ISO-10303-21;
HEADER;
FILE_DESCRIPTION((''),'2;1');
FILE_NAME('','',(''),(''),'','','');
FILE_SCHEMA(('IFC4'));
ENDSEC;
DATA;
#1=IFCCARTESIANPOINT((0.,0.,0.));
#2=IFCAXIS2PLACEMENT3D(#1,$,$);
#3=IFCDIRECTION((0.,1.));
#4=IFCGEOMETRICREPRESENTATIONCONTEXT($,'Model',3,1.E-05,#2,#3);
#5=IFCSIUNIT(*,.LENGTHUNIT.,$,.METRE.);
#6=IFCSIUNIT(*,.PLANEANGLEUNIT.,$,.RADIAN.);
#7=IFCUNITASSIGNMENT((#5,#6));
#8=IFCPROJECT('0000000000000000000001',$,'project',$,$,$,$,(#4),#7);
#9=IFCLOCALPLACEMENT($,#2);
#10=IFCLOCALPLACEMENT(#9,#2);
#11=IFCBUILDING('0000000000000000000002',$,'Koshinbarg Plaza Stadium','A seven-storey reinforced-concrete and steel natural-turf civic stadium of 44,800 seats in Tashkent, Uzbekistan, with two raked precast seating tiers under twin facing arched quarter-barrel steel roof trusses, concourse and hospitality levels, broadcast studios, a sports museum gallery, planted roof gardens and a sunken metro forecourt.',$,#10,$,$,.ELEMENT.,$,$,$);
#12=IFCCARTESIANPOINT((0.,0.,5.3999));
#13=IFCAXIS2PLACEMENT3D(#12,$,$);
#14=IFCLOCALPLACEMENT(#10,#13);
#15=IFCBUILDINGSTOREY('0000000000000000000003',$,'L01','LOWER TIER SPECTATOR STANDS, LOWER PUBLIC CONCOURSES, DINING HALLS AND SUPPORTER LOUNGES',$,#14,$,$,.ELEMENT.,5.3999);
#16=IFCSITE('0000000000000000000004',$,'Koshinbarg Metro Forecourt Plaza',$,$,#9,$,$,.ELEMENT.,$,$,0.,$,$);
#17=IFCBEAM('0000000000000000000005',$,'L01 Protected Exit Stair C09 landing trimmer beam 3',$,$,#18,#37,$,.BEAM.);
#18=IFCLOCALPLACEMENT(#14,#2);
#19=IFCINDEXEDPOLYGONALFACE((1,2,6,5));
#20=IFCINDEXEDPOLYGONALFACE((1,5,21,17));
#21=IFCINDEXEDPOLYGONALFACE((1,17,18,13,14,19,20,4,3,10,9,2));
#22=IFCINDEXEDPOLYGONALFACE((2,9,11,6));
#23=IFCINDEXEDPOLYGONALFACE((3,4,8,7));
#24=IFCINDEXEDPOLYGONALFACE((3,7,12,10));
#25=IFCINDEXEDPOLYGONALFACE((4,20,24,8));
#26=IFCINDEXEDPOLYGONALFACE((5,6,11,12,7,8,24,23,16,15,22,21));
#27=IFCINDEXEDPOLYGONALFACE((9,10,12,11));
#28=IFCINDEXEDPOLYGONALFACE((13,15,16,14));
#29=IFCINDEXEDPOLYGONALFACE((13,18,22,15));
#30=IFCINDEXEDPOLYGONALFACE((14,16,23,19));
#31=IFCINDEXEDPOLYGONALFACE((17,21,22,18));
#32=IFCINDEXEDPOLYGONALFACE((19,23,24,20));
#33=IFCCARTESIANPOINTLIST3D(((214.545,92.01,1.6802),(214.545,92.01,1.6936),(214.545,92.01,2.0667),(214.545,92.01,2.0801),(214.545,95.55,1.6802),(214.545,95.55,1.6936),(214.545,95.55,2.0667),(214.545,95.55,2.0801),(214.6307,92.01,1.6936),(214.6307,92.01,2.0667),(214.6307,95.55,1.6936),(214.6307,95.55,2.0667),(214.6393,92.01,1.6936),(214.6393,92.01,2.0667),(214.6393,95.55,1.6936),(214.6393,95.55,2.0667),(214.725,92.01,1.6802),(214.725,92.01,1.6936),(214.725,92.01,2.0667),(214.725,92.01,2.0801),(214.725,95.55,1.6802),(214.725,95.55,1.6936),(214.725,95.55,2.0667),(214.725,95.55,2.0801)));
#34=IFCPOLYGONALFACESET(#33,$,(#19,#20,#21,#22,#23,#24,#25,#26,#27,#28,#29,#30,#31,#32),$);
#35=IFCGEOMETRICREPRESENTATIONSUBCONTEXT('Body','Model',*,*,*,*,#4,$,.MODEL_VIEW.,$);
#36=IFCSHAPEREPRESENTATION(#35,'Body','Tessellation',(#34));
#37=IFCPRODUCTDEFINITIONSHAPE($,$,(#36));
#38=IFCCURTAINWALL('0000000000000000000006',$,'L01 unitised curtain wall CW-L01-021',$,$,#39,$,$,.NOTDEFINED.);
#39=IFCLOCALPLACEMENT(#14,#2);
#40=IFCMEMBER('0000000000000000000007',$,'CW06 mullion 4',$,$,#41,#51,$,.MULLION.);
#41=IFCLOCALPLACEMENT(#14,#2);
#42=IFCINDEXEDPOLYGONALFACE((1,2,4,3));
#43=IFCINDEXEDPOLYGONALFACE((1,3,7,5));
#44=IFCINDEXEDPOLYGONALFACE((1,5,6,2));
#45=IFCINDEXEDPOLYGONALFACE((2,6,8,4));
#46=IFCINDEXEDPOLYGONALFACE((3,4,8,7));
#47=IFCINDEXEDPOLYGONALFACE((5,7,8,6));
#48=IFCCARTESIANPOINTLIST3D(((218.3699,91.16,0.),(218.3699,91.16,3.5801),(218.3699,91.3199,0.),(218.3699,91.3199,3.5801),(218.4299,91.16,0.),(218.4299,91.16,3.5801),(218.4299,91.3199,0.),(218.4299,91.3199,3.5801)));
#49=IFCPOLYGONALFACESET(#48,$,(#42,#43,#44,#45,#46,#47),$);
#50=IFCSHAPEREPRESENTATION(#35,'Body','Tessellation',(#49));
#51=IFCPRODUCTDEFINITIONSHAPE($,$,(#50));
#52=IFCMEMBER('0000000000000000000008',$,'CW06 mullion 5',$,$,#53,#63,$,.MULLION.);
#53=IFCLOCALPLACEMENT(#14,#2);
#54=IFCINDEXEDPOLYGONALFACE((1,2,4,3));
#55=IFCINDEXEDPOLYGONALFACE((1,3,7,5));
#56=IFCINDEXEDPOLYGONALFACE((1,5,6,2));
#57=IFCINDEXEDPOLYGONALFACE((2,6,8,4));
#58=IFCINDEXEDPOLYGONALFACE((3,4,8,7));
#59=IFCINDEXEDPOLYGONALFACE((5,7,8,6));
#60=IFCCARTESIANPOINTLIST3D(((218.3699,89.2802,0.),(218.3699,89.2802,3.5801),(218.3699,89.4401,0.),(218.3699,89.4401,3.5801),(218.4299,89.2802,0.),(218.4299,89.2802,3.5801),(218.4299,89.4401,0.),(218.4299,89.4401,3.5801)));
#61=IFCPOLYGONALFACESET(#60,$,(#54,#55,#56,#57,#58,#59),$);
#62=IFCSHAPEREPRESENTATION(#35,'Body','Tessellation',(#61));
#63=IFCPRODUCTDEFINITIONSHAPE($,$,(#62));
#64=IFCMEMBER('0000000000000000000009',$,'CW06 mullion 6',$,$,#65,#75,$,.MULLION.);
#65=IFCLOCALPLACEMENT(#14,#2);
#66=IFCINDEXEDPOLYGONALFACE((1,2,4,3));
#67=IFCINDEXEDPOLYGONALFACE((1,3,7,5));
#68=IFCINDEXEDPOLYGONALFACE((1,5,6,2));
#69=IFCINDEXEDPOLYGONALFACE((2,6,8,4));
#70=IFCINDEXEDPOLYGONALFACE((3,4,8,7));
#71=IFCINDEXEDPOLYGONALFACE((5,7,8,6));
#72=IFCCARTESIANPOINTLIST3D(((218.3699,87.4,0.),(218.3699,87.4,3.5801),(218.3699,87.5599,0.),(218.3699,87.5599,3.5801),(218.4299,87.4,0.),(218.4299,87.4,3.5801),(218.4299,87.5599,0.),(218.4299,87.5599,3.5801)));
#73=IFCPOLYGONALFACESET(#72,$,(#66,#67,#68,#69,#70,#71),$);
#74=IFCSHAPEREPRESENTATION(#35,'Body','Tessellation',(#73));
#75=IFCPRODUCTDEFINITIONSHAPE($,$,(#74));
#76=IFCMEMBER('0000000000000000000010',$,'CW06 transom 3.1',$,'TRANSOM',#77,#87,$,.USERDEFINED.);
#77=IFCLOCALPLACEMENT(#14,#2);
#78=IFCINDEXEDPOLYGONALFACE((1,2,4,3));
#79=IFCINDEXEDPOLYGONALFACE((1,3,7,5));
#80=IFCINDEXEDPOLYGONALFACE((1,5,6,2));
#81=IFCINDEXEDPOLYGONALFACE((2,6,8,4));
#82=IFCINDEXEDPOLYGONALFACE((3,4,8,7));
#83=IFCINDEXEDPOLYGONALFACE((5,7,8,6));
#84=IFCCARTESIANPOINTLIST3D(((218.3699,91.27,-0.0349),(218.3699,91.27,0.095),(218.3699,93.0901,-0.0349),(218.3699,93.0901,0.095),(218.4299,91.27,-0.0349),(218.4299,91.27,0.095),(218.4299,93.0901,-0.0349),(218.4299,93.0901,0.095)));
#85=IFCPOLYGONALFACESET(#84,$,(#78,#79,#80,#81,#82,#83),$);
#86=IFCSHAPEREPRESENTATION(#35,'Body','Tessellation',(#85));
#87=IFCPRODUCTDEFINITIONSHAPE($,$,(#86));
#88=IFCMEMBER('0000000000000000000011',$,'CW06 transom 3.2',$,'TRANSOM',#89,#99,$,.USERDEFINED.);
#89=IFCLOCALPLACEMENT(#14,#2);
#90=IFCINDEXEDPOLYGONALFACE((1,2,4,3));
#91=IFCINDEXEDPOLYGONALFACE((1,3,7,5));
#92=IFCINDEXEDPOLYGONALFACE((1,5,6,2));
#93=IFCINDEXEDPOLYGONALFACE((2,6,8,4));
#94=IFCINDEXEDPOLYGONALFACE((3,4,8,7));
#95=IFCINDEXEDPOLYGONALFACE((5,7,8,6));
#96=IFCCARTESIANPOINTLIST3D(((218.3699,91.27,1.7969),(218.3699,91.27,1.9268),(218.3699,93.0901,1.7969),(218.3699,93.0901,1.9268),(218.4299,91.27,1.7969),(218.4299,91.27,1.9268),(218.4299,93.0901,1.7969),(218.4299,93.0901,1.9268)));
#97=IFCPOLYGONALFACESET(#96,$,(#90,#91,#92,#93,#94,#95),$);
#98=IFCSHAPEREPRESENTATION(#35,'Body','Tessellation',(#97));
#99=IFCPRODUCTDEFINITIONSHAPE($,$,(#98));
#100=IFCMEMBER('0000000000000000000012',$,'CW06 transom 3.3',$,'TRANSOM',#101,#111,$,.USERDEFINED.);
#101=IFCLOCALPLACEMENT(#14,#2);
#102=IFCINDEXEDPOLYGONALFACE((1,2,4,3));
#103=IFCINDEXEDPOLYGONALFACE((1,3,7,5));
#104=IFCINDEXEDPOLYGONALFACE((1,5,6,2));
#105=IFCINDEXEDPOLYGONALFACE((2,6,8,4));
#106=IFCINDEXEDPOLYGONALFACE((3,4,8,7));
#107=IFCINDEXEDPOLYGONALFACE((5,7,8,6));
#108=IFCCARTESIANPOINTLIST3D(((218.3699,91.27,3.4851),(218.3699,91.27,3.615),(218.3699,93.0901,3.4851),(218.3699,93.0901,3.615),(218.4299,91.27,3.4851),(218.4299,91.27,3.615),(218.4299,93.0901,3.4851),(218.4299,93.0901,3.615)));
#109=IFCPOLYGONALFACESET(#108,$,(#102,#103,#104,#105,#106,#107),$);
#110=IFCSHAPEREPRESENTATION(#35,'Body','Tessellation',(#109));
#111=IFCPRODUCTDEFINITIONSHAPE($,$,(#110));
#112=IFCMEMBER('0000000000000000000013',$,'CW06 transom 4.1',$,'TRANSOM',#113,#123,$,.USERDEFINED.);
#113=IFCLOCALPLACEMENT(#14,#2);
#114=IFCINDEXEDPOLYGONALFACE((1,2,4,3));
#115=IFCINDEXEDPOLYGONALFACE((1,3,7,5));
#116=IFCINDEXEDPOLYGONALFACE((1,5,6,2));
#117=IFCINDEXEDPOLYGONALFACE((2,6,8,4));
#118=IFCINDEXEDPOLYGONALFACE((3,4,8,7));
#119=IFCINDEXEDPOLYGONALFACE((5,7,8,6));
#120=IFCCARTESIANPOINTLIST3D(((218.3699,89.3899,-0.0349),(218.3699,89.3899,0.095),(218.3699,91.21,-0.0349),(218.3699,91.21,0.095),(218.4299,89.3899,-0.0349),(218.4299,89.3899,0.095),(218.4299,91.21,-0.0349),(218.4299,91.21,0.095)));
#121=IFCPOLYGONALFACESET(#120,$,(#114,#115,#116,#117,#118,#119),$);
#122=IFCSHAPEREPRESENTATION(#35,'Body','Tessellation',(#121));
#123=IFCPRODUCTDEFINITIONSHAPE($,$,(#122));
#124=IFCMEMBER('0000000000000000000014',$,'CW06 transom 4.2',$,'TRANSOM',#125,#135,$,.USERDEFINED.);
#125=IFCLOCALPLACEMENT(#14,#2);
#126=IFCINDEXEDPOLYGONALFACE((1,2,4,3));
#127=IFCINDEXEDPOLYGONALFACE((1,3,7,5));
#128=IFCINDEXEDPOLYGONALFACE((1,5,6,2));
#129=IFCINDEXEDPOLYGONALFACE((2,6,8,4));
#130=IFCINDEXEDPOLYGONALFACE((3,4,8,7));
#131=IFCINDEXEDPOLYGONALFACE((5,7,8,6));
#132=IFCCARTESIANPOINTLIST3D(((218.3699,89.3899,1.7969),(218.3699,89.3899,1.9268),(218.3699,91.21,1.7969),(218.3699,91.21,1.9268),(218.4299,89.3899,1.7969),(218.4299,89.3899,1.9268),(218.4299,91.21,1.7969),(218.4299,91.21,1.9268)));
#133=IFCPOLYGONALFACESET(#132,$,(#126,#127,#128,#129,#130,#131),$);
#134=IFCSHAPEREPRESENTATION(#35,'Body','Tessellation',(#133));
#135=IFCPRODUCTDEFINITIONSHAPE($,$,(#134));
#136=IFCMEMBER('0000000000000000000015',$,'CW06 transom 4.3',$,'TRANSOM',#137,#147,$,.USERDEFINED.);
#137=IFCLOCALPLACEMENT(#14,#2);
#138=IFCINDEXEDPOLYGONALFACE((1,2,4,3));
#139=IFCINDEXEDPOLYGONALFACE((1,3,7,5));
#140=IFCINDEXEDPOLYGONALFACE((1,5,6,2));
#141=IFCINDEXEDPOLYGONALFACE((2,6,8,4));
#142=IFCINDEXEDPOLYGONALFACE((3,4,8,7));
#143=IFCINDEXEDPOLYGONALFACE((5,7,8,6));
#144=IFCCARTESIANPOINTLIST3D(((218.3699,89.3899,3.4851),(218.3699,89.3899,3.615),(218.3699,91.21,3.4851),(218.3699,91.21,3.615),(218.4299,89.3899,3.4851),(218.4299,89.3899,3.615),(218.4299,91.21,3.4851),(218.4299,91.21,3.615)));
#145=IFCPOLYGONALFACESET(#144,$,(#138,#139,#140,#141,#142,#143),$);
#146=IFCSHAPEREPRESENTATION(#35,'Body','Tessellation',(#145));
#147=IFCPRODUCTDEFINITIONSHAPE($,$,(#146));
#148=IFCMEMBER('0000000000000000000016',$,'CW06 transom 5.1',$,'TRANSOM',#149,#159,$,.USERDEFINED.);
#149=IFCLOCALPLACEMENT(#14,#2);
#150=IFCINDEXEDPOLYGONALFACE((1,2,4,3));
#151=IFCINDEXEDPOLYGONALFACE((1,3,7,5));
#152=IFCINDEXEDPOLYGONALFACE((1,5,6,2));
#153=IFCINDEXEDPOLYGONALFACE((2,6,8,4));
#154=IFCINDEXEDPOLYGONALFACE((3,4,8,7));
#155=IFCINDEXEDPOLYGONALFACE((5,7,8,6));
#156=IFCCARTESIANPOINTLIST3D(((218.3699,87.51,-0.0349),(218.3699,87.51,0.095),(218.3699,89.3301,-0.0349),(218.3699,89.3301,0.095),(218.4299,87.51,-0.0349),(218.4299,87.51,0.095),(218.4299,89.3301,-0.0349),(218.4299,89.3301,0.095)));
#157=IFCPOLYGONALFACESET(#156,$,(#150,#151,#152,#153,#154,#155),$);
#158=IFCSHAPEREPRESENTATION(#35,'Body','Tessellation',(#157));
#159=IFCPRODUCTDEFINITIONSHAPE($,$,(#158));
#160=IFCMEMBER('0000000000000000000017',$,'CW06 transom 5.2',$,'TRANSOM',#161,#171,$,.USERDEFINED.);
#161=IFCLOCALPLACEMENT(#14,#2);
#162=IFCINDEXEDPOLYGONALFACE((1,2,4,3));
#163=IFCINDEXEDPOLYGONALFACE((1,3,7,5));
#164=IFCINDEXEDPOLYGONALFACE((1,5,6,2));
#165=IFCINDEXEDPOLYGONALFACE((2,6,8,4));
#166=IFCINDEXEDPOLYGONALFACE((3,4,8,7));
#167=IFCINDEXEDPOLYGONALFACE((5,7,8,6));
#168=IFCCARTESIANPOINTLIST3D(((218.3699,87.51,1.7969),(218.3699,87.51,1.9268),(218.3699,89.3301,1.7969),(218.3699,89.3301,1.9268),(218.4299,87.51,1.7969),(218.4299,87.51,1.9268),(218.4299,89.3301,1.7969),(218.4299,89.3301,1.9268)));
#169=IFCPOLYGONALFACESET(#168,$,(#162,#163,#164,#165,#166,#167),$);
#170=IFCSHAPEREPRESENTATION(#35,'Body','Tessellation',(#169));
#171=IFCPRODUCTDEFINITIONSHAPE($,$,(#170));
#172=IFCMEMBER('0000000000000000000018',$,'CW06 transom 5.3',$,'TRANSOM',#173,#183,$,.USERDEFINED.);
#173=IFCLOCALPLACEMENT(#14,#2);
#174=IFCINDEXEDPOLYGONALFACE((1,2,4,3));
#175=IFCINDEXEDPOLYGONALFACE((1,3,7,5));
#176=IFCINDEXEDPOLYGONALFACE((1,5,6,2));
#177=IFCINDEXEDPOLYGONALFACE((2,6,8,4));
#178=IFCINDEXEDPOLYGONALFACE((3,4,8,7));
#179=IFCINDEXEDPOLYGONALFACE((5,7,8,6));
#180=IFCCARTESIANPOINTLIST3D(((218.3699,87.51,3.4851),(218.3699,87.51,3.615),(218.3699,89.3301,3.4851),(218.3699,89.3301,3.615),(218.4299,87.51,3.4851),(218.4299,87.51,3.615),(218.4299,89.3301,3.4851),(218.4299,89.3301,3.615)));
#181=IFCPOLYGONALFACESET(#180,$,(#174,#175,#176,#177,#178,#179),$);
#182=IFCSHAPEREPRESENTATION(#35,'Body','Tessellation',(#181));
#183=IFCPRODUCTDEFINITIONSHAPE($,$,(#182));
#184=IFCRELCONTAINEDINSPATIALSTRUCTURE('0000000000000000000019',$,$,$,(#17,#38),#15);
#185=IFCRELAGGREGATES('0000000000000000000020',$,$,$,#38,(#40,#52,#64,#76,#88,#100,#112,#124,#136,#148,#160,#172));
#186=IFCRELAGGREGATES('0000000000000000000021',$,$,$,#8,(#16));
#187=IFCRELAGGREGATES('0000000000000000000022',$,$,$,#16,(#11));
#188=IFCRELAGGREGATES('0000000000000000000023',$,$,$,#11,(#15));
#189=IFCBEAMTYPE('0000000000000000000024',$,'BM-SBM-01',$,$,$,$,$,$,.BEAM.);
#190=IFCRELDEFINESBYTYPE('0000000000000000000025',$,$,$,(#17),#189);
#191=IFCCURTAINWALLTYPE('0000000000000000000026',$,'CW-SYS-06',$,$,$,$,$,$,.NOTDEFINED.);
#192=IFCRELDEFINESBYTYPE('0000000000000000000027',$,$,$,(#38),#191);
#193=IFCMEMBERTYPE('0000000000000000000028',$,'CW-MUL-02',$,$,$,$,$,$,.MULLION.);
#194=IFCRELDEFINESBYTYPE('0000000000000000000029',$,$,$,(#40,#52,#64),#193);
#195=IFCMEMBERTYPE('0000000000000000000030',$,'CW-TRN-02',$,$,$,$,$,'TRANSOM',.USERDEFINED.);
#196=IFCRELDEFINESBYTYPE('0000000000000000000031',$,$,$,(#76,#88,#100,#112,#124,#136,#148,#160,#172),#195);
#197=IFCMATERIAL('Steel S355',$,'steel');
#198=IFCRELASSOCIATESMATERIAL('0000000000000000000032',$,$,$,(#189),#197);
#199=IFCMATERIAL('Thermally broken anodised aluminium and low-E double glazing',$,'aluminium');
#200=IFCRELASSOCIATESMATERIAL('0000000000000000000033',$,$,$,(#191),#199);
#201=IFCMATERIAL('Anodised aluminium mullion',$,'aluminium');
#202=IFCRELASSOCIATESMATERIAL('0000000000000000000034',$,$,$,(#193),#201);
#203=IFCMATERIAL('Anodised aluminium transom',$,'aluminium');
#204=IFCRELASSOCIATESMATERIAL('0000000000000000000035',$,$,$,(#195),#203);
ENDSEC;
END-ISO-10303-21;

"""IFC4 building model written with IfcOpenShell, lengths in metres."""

from ifc_helpers import new_model, si_unit, direction, frame, origin, origin_2d, place, context, subcontext, project, spatial, rectangle, i_section, extrude, material, material_profile, profile_set, type_object, element, aggregate, save


model = new_model("IFC4")

# Units and contexts
model_context = context("Model", 3, precision=1e-05, world=origin(), true_north=direction((0.0, 1.0)))
body_context = subcontext(model_context, "Body", "Model", "MODEL_VIEW")
ifc_project = project(units=[si_unit("LENGTHUNIT", "METRE"), si_unit("PLANEANGLEUNIT", "RADIAN")], contexts=[model_context])

# Site, building, storey
site_placement = place(None, origin())
site = spatial("IfcSite", under=ifc_project, at=site_placement, Name="Koshinbarg Metro Forecourt Plaza", CompositionType="ELEMENT", RefElevation=0.0)
building_placement = place(site_placement, origin())
building = spatial("IfcBuilding", under=site, at=building_placement, Name="Koshinbarg Plaza Stadium", Description="A seven-storey reinforced-concrete and steel natural-turf civic stadium of 44,800 seats in Tashkent, Uzbekistan, with two raked precast seating tiers under twin facing arched quarter-barrel steel roof trusses, concourse and hospitality levels, broadcast studios, a sports museum gallery, planted roof gardens and a sunken metro forecourt.", CompositionType="ELEMENT")
storey_placement = place(building_placement, frame((0.0, 0.0, 5.3999)))
storey = spatial("IfcBuildingStorey", under=building, at=storey_placement, Name="L01", Description="LOWER TIER SPECTATOR STANDS, LOWER PUBLIC CONCOURSES, DINING HALLS AND SUPPORTER LOUNGES", CompositionType="ELEMENT", Elevation=5.3999)

# Beam
ifc_material_1 = material(Name="Steel S355", Category="steel")
ifc_material_profile_1 = material_profile(ifc_material_1, i_section(OverallWidth=0.1799, OverallDepth=0.3999, WebThickness=0.0085, FlangeThickness=0.0134, at=origin_2d()), Name="IPE 400")
ifc_profile_set_1 = profile_set([ifc_material_profile_1], Name="Steel S355")
beam_type = type_object("IfcBeamType", Name="BM-SBM-01", PredefinedType="BEAM", material=ifc_profile_set_1)
beam_placement = place(storey_placement, frame((214.635, 92.01, 1.8801), z_axis=(0.0, 1.0, 0.0), x_axis=(-1.0, 0.0, 0.0)))
element("IfcBeam", 1, at=beam_placement, inside=storey, type_object=beam_type, Name="L01 Protected Exit Stair C09 landing trimmer beam 3", PredefinedType="BEAM", context=body_context, shape_type="SweptSolid", body=[
    extrude(i_section(OverallWidth=0.1799, OverallDepth=0.3999, WebThickness=0.0085, FlangeThickness=0.0134, at=origin_2d()), origin(), (0.0, 0.0, 1.0), 3.54),
])

# Curtain wall, members
ifc_material_2 = material(Name="Thermally broken anodised aluminium and low-E double glazing", Category="aluminium")
curtain_wall_type = type_object("IfcCurtainWallType", Name="CW-SYS-06", PredefinedType="NOTDEFINED", material=ifc_material_2)
curtain_wall_placement = place(storey_placement, origin())
curtain_wall = element("IfcCurtainWall", 2, at=curtain_wall_placement, inside=storey, type_object=curtain_wall_type, Name="L01 unitised curtain wall CW-L01-021", PredefinedType="NOTDEFINED")
ifc_material_3 = material(Name="Anodised aluminium mullion", Category="aluminium")
ifc_material_profile_2 = material_profile(ifc_material_3, rectangle(XDim=0.0601, YDim=0.1599, at=origin_2d()), Name="ALU 60x160")
ifc_profile_set_2 = profile_set([ifc_material_profile_2], Name="Anodised aluminium mullion")
member_type_1 = type_object("IfcMemberType", Name="CW-MUL-02", PredefinedType="MULLION", material=ifc_profile_set_2)
member_1_placement = place(storey_placement, frame((218.3999, 91.24, 0.0), z_axis=(0.0, 0.0, 1.0), x_axis=(1.0, 0.0, 0.0)))
member_1 = element("IfcMember", 3, at=member_1_placement, type_object=member_type_1, Name="CW06 mullion 4", PredefinedType="MULLION", context=body_context, shape_type="SweptSolid", body=[
    extrude(rectangle(XDim=0.0601, YDim=0.1599, at=origin_2d()), origin(), (0.0, 0.0, 1.0), 3.5801),
])
member_2_placement = place(storey_placement, frame((218.3999, 89.3601, 0.0), z_axis=(0.0, 0.0, 1.0), x_axis=(1.0, 0.0, 0.0)))
member_2 = element("IfcMember", 4, at=member_2_placement, type_object=member_type_1, Name="CW06 mullion 5", PredefinedType="MULLION", context=body_context, shape_type="SweptSolid", body=[
    extrude(rectangle(XDim=0.0601, YDim=0.1599, at=origin_2d()), origin(), (0.0, 0.0, 1.0), 3.5801),
])
member_3_placement = place(storey_placement, frame((218.3999, 87.48, 0.0), z_axis=(0.0, 0.0, 1.0), x_axis=(1.0, 0.0, 0.0)))
member_3 = element("IfcMember", 5, at=member_3_placement, type_object=member_type_1, Name="CW06 mullion 6", PredefinedType="MULLION", context=body_context, shape_type="SweptSolid", body=[
    extrude(rectangle(XDim=0.0601, YDim=0.1599, at=origin_2d()), origin(), (0.0, 0.0, 1.0), 3.5801),
])
ifc_material_4 = material(Name="Anodised aluminium transom", Category="aluminium")
ifc_material_profile_3 = material_profile(ifc_material_4, rectangle(XDim=0.0601, YDim=0.1299, at=origin_2d()), Name="ALU 60x130")
ifc_profile_set_3 = profile_set([ifc_material_profile_3], Name="Anodised aluminium transom")
member_type_2 = type_object("IfcMemberType", Name="CW-TRN-02", ElementType="TRANSOM", PredefinedType="USERDEFINED", material=ifc_profile_set_3)
member_4_placement = place(storey_placement, frame((218.3999, 93.0901, 0.03), z_axis=(0.0, -1.0, 0.0), x_axis=(1.0, 0.0, 0.0)))
member_4 = element("IfcMember", 6, at=member_4_placement, type_object=member_type_2, Name="CW06 transom 3.1", ObjectType="TRANSOM", PredefinedType="USERDEFINED", context=body_context, shape_type="SweptSolid", body=[
    extrude(rectangle(XDim=0.0601, YDim=0.1299, at=origin_2d()), origin(), (0.0, 0.0, 1.0), 1.8201),
])
member_5_placement = place(storey_placement, frame((218.3999, 93.0901, 1.8618), z_axis=(0.0, -1.0, 0.0), x_axis=(1.0, 0.0, 0.0)))
member_5 = element("IfcMember", 7, at=member_5_placement, type_object=member_type_2, Name="CW06 transom 3.2", ObjectType="TRANSOM", PredefinedType="USERDEFINED", context=body_context, shape_type="SweptSolid", body=[
    extrude(rectangle(XDim=0.0601, YDim=0.1299, at=origin_2d()), origin(), (0.0, 0.0, 1.0), 1.8201),
])
member_6_placement = place(storey_placement, frame((218.3999, 93.0901, 3.55), z_axis=(0.0, -1.0, 0.0), x_axis=(1.0, 0.0, 0.0)))
member_6 = element("IfcMember", 8, at=member_6_placement, type_object=member_type_2, Name="CW06 transom 3.3", ObjectType="TRANSOM", PredefinedType="USERDEFINED", context=body_context, shape_type="SweptSolid", body=[
    extrude(rectangle(XDim=0.0601, YDim=0.1299, at=origin_2d()), origin(), (0.0, 0.0, 1.0), 1.8201),
])
member_7_placement = place(storey_placement, frame((218.3999, 91.21, 0.03), z_axis=(0.0, -1.0, 0.0), x_axis=(1.0, 0.0, 0.0)))
member_7 = element("IfcMember", 9, at=member_7_placement, type_object=member_type_2, Name="CW06 transom 4.1", ObjectType="TRANSOM", PredefinedType="USERDEFINED", context=body_context, shape_type="SweptSolid", body=[
    extrude(rectangle(XDim=0.0601, YDim=0.1299, at=origin_2d()), origin(), (0.0, 0.0, 1.0), 1.8201),
])
member_8_placement = place(storey_placement, frame((218.3999, 91.21, 1.8618), z_axis=(0.0, -1.0, 0.0), x_axis=(1.0, 0.0, 0.0)))
member_8 = element("IfcMember", 10, at=member_8_placement, type_object=member_type_2, Name="CW06 transom 4.2", ObjectType="TRANSOM", PredefinedType="USERDEFINED", context=body_context, shape_type="SweptSolid", body=[
    extrude(rectangle(XDim=0.0601, YDim=0.1299, at=origin_2d()), origin(), (0.0, 0.0, 1.0), 1.8201),
])
member_9_placement = place(storey_placement, frame((218.3999, 91.21, 3.55), z_axis=(0.0, -1.0, 0.0), x_axis=(1.0, 0.0, 0.0)))
member_9 = element("IfcMember", 11, at=member_9_placement, type_object=member_type_2, Name="CW06 transom 4.3", ObjectType="TRANSOM", PredefinedType="USERDEFINED", context=body_context, shape_type="SweptSolid", body=[
    extrude(rectangle(XDim=0.0601, YDim=0.1299, at=origin_2d()), origin(), (0.0, 0.0, 1.0), 1.8201),
])
member_10_placement = place(storey_placement, frame((218.3999, 89.3301, 0.03), z_axis=(0.0, -1.0, 0.0), x_axis=(1.0, 0.0, 0.0)))
member_10 = element("IfcMember", 12, at=member_10_placement, type_object=member_type_2, Name="CW06 transom 5.1", ObjectType="TRANSOM", PredefinedType="USERDEFINED", context=body_context, shape_type="SweptSolid", body=[
    extrude(rectangle(XDim=0.0601, YDim=0.1299, at=origin_2d()), origin(), (0.0, 0.0, 1.0), 1.8201),
])
member_11_placement = place(storey_placement, frame((218.3999, 89.3301, 1.8618), z_axis=(0.0, -1.0, 0.0), x_axis=(1.0, 0.0, 0.0)))
member_11 = element("IfcMember", 13, at=member_11_placement, type_object=member_type_2, Name="CW06 transom 5.2", ObjectType="TRANSOM", PredefinedType="USERDEFINED", context=body_context, shape_type="SweptSolid", body=[
    extrude(rectangle(XDim=0.0601, YDim=0.1299, at=origin_2d()), origin(), (0.0, 0.0, 1.0), 1.8201),
])
member_12_placement = place(storey_placement, frame((218.3999, 89.3301, 3.55), z_axis=(0.0, -1.0, 0.0), x_axis=(1.0, 0.0, 0.0)))
member_12 = element("IfcMember", 14, at=member_12_placement, type_object=member_type_2, Name="CW06 transom 5.3", ObjectType="TRANSOM", PredefinedType="USERDEFINED", context=body_context, shape_type="SweptSolid", body=[
    extrude(rectangle(XDim=0.0601, YDim=0.1299, at=origin_2d()), origin(), (0.0, 0.0, 1.0), 1.8201),
])
aggregate(curtain_wall, [member_1, member_2, member_3, member_4, member_5, member_6, member_7, member_8, member_9, member_10, member_11, member_12])

save(model, "model.ifc")
